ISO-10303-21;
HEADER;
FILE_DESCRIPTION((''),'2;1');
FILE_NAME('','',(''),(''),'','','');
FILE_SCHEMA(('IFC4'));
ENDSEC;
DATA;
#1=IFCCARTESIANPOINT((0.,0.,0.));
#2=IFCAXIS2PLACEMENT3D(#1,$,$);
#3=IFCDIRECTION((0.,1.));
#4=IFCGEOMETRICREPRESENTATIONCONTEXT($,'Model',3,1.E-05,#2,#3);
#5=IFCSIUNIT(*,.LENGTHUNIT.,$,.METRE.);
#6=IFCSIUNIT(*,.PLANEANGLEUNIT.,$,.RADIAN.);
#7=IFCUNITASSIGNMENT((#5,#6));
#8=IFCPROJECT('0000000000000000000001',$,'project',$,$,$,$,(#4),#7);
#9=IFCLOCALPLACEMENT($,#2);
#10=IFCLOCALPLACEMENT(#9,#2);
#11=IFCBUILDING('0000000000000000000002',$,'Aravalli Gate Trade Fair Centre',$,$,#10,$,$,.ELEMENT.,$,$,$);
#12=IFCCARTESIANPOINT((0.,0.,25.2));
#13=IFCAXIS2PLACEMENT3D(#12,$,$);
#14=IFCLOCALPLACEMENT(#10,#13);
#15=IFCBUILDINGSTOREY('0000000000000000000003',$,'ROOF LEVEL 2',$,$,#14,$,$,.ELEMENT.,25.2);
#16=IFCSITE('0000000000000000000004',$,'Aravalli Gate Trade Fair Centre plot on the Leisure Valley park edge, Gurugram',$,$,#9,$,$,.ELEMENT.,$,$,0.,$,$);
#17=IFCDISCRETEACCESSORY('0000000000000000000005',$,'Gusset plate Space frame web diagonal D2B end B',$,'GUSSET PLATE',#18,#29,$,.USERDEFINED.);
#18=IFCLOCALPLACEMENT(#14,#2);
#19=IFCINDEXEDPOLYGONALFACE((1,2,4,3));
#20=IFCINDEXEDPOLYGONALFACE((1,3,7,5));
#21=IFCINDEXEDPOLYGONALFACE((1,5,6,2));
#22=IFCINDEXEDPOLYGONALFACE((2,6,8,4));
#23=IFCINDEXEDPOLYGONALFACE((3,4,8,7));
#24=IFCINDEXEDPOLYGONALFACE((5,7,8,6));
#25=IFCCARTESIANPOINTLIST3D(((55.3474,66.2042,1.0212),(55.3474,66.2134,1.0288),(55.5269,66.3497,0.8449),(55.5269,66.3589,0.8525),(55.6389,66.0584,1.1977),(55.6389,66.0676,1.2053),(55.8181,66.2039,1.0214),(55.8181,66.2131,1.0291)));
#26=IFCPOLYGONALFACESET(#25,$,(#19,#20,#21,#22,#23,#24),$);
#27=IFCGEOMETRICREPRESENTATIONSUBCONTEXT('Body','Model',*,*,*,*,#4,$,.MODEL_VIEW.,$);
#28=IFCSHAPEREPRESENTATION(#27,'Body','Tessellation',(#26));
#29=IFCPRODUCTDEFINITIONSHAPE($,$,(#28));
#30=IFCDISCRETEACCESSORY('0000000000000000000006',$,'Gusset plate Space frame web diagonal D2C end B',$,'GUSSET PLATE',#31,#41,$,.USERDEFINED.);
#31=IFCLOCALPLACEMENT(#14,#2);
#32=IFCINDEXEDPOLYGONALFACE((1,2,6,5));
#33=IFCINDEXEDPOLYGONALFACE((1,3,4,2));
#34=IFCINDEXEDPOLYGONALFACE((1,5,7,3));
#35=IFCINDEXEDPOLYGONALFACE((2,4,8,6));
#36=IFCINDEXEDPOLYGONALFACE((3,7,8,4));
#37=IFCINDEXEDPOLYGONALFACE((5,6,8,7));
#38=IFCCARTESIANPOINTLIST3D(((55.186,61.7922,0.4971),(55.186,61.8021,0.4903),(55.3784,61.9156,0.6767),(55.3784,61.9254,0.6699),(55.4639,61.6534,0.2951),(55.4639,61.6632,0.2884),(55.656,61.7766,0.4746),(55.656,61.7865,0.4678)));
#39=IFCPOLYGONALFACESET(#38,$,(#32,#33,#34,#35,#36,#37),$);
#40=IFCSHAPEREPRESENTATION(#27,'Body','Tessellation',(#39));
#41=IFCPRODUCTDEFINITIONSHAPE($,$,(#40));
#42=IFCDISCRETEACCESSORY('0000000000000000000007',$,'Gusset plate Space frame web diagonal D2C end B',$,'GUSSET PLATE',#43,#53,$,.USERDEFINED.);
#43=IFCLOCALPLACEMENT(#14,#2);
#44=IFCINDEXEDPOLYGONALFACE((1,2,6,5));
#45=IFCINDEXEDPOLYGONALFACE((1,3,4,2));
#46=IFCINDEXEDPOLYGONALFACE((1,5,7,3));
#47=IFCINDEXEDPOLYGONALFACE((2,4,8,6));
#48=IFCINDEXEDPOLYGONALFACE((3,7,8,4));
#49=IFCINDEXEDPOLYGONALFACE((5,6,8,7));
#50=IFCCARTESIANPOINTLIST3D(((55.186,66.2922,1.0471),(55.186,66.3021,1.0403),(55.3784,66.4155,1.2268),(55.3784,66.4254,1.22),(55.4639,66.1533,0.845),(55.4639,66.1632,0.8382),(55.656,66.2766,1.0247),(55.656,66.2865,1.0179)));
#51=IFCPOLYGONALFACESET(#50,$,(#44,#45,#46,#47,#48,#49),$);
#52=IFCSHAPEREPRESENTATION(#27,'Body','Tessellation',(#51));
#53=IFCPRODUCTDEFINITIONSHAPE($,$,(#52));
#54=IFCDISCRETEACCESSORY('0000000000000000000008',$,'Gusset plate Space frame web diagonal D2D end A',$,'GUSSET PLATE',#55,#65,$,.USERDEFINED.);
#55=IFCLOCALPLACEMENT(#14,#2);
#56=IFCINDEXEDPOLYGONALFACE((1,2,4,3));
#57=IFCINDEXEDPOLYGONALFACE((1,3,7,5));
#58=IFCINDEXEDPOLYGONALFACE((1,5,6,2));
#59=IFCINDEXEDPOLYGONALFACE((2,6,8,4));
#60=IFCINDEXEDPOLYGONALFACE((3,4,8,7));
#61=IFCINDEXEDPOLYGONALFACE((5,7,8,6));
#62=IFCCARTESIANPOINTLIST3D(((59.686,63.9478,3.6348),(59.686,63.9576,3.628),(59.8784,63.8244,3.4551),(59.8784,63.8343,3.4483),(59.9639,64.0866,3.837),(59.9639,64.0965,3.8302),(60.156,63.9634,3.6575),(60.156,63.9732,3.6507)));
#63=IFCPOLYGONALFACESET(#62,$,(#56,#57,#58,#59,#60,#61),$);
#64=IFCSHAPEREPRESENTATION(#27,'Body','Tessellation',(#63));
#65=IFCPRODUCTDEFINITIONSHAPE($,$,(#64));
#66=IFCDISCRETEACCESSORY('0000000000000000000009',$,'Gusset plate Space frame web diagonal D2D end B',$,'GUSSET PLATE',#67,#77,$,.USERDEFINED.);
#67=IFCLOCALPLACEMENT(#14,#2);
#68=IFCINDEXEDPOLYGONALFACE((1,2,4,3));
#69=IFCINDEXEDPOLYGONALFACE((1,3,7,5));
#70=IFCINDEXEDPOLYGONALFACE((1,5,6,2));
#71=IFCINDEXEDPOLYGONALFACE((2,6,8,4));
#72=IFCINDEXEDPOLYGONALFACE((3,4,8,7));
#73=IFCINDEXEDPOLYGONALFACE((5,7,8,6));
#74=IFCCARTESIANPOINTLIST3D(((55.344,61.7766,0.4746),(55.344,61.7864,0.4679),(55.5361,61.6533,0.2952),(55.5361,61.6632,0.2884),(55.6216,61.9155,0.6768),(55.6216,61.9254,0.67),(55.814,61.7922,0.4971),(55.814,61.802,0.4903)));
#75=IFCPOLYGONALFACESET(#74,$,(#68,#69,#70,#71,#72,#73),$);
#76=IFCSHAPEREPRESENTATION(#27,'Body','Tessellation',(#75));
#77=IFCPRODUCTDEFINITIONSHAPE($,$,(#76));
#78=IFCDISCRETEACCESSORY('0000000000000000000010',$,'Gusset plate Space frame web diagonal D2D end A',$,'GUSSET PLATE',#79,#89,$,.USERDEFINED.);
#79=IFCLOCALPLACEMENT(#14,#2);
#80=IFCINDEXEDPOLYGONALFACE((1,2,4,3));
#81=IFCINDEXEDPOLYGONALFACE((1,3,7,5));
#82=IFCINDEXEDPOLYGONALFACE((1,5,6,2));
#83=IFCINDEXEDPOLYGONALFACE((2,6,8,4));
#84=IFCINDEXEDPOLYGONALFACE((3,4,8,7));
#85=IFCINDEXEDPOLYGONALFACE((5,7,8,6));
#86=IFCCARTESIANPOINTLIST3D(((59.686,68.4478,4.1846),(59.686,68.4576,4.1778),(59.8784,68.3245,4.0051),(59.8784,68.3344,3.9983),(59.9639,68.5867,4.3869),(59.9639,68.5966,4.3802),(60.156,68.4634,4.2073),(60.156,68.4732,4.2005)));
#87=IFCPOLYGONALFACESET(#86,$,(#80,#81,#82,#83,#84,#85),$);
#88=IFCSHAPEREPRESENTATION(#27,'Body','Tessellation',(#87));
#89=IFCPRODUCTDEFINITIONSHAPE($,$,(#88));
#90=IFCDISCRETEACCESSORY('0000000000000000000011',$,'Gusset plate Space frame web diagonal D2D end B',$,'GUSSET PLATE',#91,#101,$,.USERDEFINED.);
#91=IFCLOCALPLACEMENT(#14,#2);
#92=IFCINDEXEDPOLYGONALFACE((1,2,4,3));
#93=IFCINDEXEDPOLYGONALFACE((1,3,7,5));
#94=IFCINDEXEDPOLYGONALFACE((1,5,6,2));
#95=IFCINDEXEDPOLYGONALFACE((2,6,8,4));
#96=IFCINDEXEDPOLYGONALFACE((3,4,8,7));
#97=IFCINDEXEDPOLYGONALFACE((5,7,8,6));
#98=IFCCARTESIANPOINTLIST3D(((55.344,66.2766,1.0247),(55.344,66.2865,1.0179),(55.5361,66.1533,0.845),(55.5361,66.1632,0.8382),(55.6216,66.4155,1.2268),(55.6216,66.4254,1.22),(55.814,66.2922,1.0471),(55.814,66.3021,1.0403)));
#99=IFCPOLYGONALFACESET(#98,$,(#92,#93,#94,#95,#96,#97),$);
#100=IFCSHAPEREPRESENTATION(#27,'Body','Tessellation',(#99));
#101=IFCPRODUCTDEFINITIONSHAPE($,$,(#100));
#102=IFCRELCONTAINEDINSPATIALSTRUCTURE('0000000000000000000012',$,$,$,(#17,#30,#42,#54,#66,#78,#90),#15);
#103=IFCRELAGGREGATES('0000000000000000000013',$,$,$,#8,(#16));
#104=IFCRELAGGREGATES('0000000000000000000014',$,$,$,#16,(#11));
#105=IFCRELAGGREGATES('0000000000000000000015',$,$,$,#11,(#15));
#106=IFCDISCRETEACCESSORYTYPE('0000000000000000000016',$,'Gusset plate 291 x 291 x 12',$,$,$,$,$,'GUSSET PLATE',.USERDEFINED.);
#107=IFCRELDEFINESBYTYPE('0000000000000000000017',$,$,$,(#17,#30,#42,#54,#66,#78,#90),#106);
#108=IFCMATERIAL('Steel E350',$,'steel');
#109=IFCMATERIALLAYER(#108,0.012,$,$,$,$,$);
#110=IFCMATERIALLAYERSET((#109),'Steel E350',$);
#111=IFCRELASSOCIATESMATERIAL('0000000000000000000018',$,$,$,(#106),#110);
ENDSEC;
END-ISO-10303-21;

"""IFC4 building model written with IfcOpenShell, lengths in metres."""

from ifc_helpers import new_model, si_unit, direction, frame, origin, place, context, subcontext, project, spatial, polyline, outline, extrude, material, layer, layer_set, type_object, element, save


model = new_model("IFC4")

# Units and contexts
model_context = context("Model", 3, precision=1e-05, world=origin(), true_north=direction((0.0, 1.0)))
body_context = subcontext(model_context, "Body", "Model", "MODEL_VIEW")
ifc_project = project(units=[si_unit("LENGTHUNIT", "METRE"), si_unit("PLANEANGLEUNIT", "RADIAN")], contexts=[model_context])

# Site, building, storey
site_placement = place(None, origin())
site = spatial("IfcSite", under=ifc_project, at=site_placement, Name="Aravalli Gate Trade Fair Centre plot on the Leisure Valley park edge, Gurugram", CompositionType="ELEMENT", RefElevation=0.0)
building_placement = place(site_placement, origin())
building = spatial("IfcBuilding", under=site, at=building_placement, Name="Aravalli Gate Trade Fair Centre", CompositionType="ELEMENT")
storey_placement = place(building_placement, frame((0.0, 0.0, 25.2)))
storey = spatial("IfcBuildingStorey", under=building, at=storey_placement, Name="ROOF LEVEL 2", CompositionType="ELEMENT", Elevation=25.2)

# Shared definitions
ifc_material_1 = material(Name="Steel E350", Category="steel")

# Discrete accessories
ifc_layer_1 = layer(ifc_material_1, 0.012)
ifc_layer_set_1 = layer_set([ifc_layer_1], Name="Steel E350")
discrete_accessory_type = type_object("IfcDiscreteAccessoryType", Name="Gusset plate 291 x 291 x 12", ElementType="GUSSET PLATE", PredefinedType="USERDEFINED", material=ifc_layer_set_1)
discrete_accessory_1_placement = place(storey_placement, frame((55.6389, 66.0676, 1.2053), z_axis=(0.00007, 0.771155, 0.636648), x_axis=(-0.786484, 0.393242, -0.476238)))
element("IfcDiscreteAccessory", 1, at=discrete_accessory_1_placement, inside=storey, type_object=discrete_accessory_type, Name="Gusset plate Space frame web diagonal D2B end B", ObjectType="GUSSET PLATE", PredefinedType="USERDEFINED", context=body_context, shape_type="SweptSolid", body=[
    extrude(outline(polyline([(0.0, 0.0), (0.3706, 0.0), (0.3707, -0.2906), (0.0002, -0.2904), (0.0, 0.0)])), origin(), (0.0, 0.0, -1.0), 0.012),
])
discrete_accessory_2_placement = place(storey_placement, frame((55.186, 61.7922, 0.4971), z_axis=(-0.000339, -0.824216, 0.566276), x_axis=(0.749929, -0.374811, -0.545089)))
element("IfcDiscreteAccessory", 2, at=discrete_accessory_2_placement, inside=storey, type_object=discrete_accessory_type, Name="Gusset plate Space frame web diagonal D2C end B", ObjectType="GUSSET PLATE", PredefinedType="USERDEFINED", context=body_context, shape_type="SweptSolid", body=[
    extrude(outline(polyline([(0.0, 0.0), (0.3705, 0.0), (0.3705, 0.2904), (0.0001, 0.2907), (0.0, 0.0)])), origin(), (0.0, 0.0, -1.0), 0.012),
])
discrete_accessory_3_placement = place(storey_placement, frame((55.186, 66.2922, 1.0471), z_axis=(-0.000356, -0.824387, 0.566027), x_axis=(0.74966, -0.37483, -0.545447)))
element("IfcDiscreteAccessory", 3, at=discrete_accessory_3_placement, inside=storey, type_object=discrete_accessory_type, Name="Gusset plate Space frame web diagonal D2C end B", ObjectType="GUSSET PLATE", PredefinedType="USERDEFINED", context=body_context, shape_type="SweptSolid", body=[
    extrude(outline(polyline([(0.0, 0.0), (0.3706, 0.0), (0.3704, 0.2905), (0.0, 0.2907), (0.0, 0.0)])), origin(), (0.0, 0.0, -1.0), 0.012),
])
discrete_accessory_4_placement = place(storey_placement, frame((59.686, 63.9478, 3.6348), z_axis=(0.000059, -0.824356, 0.566072), x_axis=(0.74966, 0.374676, 0.545552)))
element("IfcDiscreteAccessory", 4, at=discrete_accessory_4_placement, inside=storey, type_object=discrete_accessory_type, Name="Gusset plate Space frame web diagonal D2D end A", ObjectType="GUSSET PLATE", PredefinedType="USERDEFINED", context=body_context, shape_type="SweptSolid", body=[
    extrude(outline(polyline([(0.0, 0.0), (0.3706, 0.0), (0.3706, -0.2904), (0.0, -0.2907), (0.0, 0.0)])), origin(), (0.0, 0.0, -1.0), 0.012),
])
discrete_accessory_5_placement = place(storey_placement, frame((55.6216, 61.9155, 0.6768), z_axis=(0.000339, -0.824216, 0.566276), x_axis=(-0.749371, -0.375169, -0.545611)))
element("IfcDiscreteAccessory", 5, at=discrete_accessory_5_placement, inside=storey, type_object=discrete_accessory_type, Name="Gusset plate Space frame web diagonal D2D end B", ObjectType="GUSSET PLATE", PredefinedType="USERDEFINED", context=body_context, shape_type="SweptSolid", body=[
    extrude(outline(polyline([(0.0, 0.0), (0.3704, 0.0), (0.3706, 0.2904), (0.0001, 0.2907), (0.0, 0.0)])), origin(), (0.0, 0.0, -1.0), 0.012),
])
discrete_accessory_6_placement = place(storey_placement, frame((59.686, 68.4478, 4.1846), z_axis=(0.000059, -0.824356, 0.566072), x_axis=(0.749391, 0.374849, 0.545804)))
element("IfcDiscreteAccessory", 6, at=discrete_accessory_6_placement, inside=storey, type_object=discrete_accessory_type, Name="Gusset plate Space frame web diagonal D2D end A", ObjectType="GUSSET PLATE", PredefinedType="USERDEFINED", context=body_context, shape_type="SweptSolid", body=[
    extrude(outline(polyline([(0.0, 0.0), (0.3707, 0.0), (0.3704, -0.2905), (0.0, -0.2905), (0.0, 0.0)])), origin(), (0.0, 0.0, -1.0), 0.012),
])
discrete_accessory_7_placement = place(storey_placement, frame((55.6216, 66.4155, 1.2268), z_axis=(0.000356, -0.824387, 0.566027), x_axis=(-0.749371, -0.375015, -0.545716)))
element("IfcDiscreteAccessory", 7, at=discrete_accessory_7_placement, inside=storey, type_object=discrete_accessory_type, Name="Gusset plate Space frame web diagonal D2D end B", ObjectType="GUSSET PLATE", PredefinedType="USERDEFINED", context=body_context, shape_type="SweptSolid", body=[
    extrude(outline(polyline([(0.0, 0.0), (0.3704, 0.0), (0.3707, 0.2905), (0.0001, 0.2907), (0.0, 0.0)])), origin(), (0.0, 0.0, -1.0), 0.012),
])

save(model, "model.ifc")
